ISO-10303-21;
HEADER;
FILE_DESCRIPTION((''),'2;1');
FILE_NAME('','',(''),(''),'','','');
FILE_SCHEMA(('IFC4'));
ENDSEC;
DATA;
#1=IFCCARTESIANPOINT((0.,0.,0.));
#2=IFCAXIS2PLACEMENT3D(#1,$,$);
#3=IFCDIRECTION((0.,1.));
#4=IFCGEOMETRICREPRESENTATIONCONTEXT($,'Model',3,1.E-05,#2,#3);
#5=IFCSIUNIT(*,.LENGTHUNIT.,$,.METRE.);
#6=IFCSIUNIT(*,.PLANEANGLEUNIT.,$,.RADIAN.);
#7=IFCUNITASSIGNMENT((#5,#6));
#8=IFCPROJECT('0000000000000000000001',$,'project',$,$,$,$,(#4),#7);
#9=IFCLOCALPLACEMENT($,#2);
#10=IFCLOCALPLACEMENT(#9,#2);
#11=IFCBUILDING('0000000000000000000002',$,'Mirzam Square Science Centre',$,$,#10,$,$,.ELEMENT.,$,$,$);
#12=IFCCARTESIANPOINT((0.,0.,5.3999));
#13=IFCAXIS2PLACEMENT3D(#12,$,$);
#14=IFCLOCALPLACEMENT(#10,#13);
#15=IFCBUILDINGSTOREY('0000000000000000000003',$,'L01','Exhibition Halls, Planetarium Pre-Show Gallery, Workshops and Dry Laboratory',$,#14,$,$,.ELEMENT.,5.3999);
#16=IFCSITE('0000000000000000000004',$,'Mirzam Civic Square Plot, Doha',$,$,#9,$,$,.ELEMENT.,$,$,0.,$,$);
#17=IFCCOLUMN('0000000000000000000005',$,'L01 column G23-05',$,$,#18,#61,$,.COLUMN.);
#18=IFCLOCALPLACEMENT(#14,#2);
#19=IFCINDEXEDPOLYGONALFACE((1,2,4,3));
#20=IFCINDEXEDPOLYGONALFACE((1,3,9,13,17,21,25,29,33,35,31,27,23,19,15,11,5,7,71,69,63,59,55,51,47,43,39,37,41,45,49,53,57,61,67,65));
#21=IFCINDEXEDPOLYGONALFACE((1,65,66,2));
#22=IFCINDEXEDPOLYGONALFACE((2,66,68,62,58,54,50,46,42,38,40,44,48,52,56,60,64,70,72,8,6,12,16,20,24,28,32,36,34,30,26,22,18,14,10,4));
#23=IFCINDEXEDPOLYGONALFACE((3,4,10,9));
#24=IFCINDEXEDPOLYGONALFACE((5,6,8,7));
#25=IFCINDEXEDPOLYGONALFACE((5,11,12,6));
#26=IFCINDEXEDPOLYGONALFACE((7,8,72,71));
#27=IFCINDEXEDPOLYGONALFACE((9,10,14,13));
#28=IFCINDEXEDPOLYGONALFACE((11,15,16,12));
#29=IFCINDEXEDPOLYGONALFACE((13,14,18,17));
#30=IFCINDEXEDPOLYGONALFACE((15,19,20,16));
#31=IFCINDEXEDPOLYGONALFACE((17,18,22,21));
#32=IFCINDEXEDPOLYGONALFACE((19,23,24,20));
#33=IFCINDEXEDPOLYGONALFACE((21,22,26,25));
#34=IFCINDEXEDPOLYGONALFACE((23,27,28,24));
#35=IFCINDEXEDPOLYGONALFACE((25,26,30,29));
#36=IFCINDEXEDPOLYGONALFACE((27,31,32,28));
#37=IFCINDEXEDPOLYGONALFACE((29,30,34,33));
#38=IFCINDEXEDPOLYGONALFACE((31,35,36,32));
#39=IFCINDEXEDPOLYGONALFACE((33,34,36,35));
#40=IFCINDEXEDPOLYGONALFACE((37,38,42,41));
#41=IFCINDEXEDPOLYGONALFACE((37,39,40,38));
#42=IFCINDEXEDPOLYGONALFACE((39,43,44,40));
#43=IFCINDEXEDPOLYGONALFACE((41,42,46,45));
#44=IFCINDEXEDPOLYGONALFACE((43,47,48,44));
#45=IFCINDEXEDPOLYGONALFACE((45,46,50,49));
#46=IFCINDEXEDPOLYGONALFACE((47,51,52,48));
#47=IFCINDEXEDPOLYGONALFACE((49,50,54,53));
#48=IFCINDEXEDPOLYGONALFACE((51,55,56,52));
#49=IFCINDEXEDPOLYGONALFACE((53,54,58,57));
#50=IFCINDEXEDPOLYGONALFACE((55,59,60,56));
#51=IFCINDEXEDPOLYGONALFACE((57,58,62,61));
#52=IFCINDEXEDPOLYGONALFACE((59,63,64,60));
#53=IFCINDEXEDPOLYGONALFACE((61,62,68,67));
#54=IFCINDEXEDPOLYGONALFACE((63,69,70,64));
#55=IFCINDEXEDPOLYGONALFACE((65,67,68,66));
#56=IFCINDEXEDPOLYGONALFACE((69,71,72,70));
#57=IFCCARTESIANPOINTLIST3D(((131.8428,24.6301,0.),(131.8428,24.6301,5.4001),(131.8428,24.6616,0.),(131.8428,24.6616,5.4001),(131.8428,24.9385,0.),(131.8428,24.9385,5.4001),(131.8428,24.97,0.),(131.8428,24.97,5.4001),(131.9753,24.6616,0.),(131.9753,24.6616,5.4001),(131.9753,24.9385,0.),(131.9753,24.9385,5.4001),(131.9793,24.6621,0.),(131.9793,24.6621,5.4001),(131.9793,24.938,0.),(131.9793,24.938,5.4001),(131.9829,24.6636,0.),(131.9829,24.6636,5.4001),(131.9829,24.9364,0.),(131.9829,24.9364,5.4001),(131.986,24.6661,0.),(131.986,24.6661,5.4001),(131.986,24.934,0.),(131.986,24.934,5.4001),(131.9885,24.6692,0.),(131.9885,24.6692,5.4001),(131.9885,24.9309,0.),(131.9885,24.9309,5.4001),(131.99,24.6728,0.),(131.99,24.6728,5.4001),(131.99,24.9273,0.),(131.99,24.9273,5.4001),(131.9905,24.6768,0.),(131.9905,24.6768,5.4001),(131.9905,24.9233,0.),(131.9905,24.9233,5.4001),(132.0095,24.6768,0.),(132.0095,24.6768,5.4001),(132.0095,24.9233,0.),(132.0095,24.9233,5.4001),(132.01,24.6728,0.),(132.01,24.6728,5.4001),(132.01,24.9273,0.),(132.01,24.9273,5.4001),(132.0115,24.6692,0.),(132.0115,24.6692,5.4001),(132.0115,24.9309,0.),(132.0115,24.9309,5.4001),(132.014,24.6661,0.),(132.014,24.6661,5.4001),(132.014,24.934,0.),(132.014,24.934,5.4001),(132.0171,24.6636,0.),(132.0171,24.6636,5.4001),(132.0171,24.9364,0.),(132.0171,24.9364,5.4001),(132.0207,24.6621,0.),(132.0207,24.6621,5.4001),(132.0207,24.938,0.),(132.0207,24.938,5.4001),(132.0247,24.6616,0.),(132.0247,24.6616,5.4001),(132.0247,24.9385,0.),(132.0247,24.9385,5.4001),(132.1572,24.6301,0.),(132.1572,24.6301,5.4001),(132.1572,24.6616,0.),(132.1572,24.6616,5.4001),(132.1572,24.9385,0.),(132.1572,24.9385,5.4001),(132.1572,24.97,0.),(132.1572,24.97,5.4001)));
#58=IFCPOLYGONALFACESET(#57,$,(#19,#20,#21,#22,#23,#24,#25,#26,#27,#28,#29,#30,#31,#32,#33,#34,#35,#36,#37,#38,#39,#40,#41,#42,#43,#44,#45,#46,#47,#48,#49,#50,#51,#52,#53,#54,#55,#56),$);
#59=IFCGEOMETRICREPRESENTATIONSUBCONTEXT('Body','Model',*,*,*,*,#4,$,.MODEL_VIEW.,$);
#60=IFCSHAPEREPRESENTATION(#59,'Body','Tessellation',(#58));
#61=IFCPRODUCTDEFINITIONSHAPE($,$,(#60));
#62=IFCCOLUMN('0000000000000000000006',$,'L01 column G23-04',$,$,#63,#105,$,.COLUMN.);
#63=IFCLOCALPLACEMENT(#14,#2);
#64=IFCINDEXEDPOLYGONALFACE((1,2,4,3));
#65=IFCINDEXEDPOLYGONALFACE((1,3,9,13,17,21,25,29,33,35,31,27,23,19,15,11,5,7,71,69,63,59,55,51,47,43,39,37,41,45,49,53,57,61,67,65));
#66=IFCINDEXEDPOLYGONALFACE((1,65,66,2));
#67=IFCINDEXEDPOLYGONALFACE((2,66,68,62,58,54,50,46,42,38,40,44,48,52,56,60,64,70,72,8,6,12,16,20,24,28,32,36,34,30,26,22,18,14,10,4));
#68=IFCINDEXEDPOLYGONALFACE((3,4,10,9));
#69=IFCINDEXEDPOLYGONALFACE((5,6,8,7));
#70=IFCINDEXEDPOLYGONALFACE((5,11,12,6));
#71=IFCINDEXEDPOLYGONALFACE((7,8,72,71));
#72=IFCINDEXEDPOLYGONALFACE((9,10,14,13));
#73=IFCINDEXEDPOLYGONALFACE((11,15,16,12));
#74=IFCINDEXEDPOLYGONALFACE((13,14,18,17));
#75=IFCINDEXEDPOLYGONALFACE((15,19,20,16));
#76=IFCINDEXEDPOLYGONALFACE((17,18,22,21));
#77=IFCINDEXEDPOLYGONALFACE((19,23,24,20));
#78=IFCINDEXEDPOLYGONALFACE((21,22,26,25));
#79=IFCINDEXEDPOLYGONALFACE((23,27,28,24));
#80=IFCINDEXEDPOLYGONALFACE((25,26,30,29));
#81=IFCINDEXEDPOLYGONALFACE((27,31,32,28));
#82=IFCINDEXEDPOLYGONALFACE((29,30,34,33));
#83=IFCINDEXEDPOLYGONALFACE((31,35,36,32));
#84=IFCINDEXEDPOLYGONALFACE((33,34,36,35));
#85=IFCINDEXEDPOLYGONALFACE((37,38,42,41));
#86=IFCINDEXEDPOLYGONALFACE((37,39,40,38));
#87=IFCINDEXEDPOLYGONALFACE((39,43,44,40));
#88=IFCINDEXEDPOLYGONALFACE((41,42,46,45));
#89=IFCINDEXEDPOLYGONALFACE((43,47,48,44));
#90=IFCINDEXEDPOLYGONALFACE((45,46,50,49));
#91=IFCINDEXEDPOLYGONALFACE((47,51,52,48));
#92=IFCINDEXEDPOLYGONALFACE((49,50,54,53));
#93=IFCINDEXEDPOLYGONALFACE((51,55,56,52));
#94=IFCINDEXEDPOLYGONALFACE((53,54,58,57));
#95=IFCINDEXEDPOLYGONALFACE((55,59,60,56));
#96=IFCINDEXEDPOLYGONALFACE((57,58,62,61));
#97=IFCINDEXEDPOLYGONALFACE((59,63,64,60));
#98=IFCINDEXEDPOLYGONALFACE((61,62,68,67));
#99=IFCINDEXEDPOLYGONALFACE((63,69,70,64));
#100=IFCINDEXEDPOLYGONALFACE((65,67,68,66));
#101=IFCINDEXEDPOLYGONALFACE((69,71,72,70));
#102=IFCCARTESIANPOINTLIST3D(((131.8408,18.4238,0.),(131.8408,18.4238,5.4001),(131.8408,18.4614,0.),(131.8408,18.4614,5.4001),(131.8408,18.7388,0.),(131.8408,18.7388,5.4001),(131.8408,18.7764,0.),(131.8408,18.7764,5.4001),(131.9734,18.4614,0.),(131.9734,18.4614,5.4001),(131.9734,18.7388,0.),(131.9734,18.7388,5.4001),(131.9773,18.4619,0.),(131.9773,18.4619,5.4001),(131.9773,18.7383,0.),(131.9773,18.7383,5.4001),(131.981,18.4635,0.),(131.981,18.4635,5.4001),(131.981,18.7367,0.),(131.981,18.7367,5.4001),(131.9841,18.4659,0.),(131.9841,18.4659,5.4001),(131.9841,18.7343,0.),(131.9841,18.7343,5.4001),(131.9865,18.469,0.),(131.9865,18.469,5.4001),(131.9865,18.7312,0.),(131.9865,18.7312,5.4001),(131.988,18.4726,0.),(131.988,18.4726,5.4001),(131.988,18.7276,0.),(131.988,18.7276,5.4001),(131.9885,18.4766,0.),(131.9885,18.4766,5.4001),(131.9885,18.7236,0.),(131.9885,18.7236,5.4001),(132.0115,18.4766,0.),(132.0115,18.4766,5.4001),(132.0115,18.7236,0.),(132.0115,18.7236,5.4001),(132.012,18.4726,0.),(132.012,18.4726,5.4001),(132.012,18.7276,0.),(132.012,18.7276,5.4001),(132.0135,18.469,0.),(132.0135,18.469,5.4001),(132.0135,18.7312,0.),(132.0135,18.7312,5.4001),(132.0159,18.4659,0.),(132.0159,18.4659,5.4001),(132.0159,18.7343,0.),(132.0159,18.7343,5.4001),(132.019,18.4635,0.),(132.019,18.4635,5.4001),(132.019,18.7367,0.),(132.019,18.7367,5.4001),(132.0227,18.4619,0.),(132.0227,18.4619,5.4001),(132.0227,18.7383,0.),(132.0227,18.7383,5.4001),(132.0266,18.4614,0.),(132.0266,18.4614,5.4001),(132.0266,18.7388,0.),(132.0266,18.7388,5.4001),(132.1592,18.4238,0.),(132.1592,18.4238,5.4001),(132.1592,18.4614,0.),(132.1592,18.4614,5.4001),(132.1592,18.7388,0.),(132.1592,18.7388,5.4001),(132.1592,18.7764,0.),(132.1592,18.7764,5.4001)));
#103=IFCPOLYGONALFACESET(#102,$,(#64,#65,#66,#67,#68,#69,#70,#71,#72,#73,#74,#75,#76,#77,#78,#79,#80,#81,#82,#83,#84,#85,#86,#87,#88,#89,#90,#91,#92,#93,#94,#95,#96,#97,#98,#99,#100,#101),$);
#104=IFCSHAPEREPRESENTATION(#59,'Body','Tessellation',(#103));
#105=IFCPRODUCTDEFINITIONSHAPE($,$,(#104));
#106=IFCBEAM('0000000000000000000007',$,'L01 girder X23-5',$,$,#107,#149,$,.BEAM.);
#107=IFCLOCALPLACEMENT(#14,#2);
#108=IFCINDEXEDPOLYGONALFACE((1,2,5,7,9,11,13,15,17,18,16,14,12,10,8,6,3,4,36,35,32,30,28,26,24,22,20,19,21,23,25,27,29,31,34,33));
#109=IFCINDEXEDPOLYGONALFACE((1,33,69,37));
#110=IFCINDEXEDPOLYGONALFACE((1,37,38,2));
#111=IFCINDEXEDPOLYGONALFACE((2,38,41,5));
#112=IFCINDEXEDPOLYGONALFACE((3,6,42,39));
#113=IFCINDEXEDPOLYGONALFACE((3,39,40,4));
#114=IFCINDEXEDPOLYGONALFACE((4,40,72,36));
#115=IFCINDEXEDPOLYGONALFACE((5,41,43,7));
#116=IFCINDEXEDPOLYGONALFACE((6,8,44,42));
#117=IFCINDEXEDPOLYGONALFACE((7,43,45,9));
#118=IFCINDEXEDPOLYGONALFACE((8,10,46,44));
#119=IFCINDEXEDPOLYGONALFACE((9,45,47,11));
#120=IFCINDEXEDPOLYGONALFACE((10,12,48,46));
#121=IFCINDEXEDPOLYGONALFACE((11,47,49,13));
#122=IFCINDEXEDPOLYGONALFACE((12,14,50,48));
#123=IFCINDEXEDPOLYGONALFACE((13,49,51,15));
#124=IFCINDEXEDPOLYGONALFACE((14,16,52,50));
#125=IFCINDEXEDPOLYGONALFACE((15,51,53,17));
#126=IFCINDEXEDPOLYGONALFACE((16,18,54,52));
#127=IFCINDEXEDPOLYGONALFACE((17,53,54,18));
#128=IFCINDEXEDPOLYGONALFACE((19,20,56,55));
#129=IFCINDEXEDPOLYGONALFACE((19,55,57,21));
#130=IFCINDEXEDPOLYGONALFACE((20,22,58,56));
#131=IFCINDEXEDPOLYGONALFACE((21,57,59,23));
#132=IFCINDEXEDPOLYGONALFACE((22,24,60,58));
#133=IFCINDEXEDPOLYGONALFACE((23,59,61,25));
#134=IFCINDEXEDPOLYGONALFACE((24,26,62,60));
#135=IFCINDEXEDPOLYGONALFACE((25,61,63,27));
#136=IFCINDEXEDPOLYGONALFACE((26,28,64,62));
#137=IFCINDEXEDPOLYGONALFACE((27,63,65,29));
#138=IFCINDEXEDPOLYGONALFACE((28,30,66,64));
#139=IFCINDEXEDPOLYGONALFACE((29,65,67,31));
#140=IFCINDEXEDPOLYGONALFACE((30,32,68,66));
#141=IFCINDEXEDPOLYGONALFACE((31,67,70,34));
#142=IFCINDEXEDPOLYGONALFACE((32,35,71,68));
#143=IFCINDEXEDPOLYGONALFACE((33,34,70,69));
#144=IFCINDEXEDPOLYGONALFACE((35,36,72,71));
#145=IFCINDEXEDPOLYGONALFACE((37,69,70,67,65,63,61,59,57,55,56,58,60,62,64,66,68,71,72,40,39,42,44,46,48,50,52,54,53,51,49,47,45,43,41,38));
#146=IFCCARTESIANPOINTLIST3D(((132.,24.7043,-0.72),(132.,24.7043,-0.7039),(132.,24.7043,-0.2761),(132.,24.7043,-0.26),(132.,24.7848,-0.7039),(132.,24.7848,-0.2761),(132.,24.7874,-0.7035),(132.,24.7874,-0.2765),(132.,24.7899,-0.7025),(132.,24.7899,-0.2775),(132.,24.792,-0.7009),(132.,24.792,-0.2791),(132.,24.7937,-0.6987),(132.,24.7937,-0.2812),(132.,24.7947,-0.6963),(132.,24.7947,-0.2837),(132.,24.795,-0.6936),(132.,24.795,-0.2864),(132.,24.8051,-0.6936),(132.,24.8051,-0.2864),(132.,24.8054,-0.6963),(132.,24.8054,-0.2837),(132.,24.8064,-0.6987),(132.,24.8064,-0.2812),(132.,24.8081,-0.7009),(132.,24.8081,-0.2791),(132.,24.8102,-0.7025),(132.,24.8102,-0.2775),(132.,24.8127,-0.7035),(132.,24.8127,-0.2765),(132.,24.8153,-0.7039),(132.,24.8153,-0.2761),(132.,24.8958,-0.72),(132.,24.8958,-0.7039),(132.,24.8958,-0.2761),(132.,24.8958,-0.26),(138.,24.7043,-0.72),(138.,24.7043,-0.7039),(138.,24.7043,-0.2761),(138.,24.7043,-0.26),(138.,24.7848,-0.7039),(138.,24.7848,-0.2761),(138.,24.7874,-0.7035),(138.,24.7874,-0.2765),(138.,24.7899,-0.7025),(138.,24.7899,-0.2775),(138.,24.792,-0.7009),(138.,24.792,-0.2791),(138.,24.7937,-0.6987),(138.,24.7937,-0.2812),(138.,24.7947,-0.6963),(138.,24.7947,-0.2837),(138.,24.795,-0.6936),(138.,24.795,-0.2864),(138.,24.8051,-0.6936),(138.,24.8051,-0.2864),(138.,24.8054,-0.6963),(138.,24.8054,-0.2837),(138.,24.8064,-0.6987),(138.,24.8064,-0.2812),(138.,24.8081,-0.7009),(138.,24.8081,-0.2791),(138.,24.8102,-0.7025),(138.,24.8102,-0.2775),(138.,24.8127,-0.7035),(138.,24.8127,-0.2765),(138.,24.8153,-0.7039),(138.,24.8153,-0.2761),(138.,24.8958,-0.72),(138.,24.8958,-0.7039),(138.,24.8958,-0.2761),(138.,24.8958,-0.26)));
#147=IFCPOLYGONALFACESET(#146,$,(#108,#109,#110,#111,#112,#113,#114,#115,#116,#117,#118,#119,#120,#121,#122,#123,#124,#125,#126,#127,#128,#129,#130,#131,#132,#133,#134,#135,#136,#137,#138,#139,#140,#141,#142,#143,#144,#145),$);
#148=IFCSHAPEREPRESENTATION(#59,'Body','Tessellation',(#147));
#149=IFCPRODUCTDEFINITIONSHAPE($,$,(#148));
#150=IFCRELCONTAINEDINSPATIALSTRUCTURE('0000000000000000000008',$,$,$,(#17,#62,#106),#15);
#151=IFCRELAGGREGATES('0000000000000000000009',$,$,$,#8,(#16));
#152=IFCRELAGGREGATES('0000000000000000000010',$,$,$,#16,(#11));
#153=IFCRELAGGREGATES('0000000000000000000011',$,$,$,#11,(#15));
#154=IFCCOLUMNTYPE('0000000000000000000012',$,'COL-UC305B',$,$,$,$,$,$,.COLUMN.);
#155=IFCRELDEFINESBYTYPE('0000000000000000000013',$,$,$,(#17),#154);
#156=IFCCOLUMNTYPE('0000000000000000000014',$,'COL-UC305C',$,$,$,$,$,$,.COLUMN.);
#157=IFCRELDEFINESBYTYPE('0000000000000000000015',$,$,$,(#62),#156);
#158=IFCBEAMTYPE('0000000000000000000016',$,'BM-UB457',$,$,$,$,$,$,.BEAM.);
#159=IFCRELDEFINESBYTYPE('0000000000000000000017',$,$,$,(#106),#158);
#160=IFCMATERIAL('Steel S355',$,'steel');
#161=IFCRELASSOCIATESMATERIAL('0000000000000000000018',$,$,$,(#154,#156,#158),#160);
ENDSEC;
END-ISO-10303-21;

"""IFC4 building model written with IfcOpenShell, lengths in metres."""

from ifc_helpers import new_model, si_unit, direction, frame, origin, origin_2d, place, context, subcontext, project, spatial, i_section, extrude, material, material_profile, profile_set, type_object, element, save


model = new_model("IFC4")

# Units and contexts
model_context = context("Model", 3, precision=1e-05, world=origin(), true_north=direction((0.0, 1.0)))
body_context = subcontext(model_context, "Body", "Model", "MODEL_VIEW")
ifc_project = project(units=[si_unit("LENGTHUNIT", "METRE"), si_unit("PLANEANGLEUNIT", "RADIAN")], contexts=[model_context])

# Site, building, storey
site_placement = place(None, origin())
site = spatial("IfcSite", under=ifc_project, at=site_placement, Name="Mirzam Civic Square Plot, Doha", CompositionType="ELEMENT", RefElevation=0.0)
building_placement = place(site_placement, origin())
building = spatial("IfcBuilding", under=site, at=building_placement, Name="Mirzam Square Science Centre", CompositionType="ELEMENT")
storey_placement = place(building_placement, frame((0.0, 0.0, 5.3999)))
storey = spatial("IfcBuildingStorey", under=building, at=storey_placement, Name="L01", Description="Exhibition Halls, Planetarium Pre-Show Gallery, Workshops and Dry Laboratory", CompositionType="ELEMENT", Elevation=5.3999)

# Columns
ifc_material_1 = material(Name="Steel S355", Category="steel")
ifc_material_profile_1 = material_profile(ifc_material_1, i_section(OverallWidth=0.3145, OverallDepth=0.3398, WebThickness=0.019, FlangeThickness=0.0315, FilletRadius=0.0151, at=origin_2d()), Name="305x305x198UC")
ifc_profile_set_1 = profile_set([ifc_material_profile_1], Name="Steel S355")
column_type_1 = type_object("IfcColumnType", Name="COL-UC305B", PredefinedType="COLUMN", material=ifc_profile_set_1)
column_1_placement = place(storey_placement, frame((132.0, 24.8, 0.0), z_axis=(0.0, 0.0, 1.0), x_axis=(1.0, 0.0, 0.0)))
element("IfcColumn", 1, at=column_1_placement, inside=storey, type_object=column_type_1, Name="L01 column G23-05", PredefinedType="COLUMN", context=body_context, shape_type="SweptSolid", body=[
    extrude(i_section(OverallWidth=0.3145, OverallDepth=0.3398, WebThickness=0.019, FlangeThickness=0.0315, FilletRadius=0.0151, at=origin_2d()), origin(), (0.0, 0.0, 1.0), 5.4001),
])
ifc_material_profile_2 = material_profile(ifc_material_1, i_section(OverallWidth=0.3184, OverallDepth=0.3525, WebThickness=0.0229, FlangeThickness=0.0376, FilletRadius=0.0151, at=origin_2d()), Name="305x305x240UC")
ifc_profile_set_2 = profile_set([ifc_material_profile_2], Name="Steel S355")
column_type_2 = type_object("IfcColumnType", Name="COL-UC305C", PredefinedType="COLUMN", material=ifc_profile_set_2)
column_2_placement = place(storey_placement, frame((132.0, 18.6001, 0.0), z_axis=(0.0, 0.0, 1.0), x_axis=(1.0, 0.0, 0.0)))
element("IfcColumn", 2, at=column_2_placement, inside=storey, type_object=column_type_2, Name="L01 column G23-04", PredefinedType="COLUMN", context=body_context, shape_type="SweptSolid", body=[
    extrude(i_section(OverallWidth=0.3184, OverallDepth=0.3525, WebThickness=0.0229, FlangeThickness=0.0376, FilletRadius=0.0151, at=origin_2d()), origin(), (0.0, 0.0, 1.0), 5.4001),
])

# Beam
ifc_material_profile_3 = material_profile(ifc_material_1, i_section(OverallWidth=0.1914, OverallDepth=0.46, WebThickness=0.01, FlangeThickness=0.0161, FilletRadius=0.0103, at=origin_2d()), Name="457x191x82UB")
ifc_profile_set_3 = profile_set([ifc_material_profile_3], Name="Steel S355")
beam_type_1 = type_object("IfcBeamType", Name="BM-UB457", PredefinedType="BEAM", material=ifc_profile_set_3)
beam_1_placement = place(storey_placement, frame((132.0, 24.8, -0.49), z_axis=(1.0, 0.0, 0.0), x_axis=(0.0, 1.0, 0.0)))
element("IfcBeam", 3, at=beam_1_placement, inside=storey, type_object=beam_type_1, Name="L01 girder X23-5", PredefinedType="BEAM", context=body_context, shape_type="SweptSolid", body=[
    extrude(i_section(OverallWidth=0.1914, OverallDepth=0.46, WebThickness=0.01, FlangeThickness=0.0161, FilletRadius=0.0103, at=origin_2d()), origin(), (0.0, 0.0, 1.0), 6.0),
])

save(model, "model.ifc")
